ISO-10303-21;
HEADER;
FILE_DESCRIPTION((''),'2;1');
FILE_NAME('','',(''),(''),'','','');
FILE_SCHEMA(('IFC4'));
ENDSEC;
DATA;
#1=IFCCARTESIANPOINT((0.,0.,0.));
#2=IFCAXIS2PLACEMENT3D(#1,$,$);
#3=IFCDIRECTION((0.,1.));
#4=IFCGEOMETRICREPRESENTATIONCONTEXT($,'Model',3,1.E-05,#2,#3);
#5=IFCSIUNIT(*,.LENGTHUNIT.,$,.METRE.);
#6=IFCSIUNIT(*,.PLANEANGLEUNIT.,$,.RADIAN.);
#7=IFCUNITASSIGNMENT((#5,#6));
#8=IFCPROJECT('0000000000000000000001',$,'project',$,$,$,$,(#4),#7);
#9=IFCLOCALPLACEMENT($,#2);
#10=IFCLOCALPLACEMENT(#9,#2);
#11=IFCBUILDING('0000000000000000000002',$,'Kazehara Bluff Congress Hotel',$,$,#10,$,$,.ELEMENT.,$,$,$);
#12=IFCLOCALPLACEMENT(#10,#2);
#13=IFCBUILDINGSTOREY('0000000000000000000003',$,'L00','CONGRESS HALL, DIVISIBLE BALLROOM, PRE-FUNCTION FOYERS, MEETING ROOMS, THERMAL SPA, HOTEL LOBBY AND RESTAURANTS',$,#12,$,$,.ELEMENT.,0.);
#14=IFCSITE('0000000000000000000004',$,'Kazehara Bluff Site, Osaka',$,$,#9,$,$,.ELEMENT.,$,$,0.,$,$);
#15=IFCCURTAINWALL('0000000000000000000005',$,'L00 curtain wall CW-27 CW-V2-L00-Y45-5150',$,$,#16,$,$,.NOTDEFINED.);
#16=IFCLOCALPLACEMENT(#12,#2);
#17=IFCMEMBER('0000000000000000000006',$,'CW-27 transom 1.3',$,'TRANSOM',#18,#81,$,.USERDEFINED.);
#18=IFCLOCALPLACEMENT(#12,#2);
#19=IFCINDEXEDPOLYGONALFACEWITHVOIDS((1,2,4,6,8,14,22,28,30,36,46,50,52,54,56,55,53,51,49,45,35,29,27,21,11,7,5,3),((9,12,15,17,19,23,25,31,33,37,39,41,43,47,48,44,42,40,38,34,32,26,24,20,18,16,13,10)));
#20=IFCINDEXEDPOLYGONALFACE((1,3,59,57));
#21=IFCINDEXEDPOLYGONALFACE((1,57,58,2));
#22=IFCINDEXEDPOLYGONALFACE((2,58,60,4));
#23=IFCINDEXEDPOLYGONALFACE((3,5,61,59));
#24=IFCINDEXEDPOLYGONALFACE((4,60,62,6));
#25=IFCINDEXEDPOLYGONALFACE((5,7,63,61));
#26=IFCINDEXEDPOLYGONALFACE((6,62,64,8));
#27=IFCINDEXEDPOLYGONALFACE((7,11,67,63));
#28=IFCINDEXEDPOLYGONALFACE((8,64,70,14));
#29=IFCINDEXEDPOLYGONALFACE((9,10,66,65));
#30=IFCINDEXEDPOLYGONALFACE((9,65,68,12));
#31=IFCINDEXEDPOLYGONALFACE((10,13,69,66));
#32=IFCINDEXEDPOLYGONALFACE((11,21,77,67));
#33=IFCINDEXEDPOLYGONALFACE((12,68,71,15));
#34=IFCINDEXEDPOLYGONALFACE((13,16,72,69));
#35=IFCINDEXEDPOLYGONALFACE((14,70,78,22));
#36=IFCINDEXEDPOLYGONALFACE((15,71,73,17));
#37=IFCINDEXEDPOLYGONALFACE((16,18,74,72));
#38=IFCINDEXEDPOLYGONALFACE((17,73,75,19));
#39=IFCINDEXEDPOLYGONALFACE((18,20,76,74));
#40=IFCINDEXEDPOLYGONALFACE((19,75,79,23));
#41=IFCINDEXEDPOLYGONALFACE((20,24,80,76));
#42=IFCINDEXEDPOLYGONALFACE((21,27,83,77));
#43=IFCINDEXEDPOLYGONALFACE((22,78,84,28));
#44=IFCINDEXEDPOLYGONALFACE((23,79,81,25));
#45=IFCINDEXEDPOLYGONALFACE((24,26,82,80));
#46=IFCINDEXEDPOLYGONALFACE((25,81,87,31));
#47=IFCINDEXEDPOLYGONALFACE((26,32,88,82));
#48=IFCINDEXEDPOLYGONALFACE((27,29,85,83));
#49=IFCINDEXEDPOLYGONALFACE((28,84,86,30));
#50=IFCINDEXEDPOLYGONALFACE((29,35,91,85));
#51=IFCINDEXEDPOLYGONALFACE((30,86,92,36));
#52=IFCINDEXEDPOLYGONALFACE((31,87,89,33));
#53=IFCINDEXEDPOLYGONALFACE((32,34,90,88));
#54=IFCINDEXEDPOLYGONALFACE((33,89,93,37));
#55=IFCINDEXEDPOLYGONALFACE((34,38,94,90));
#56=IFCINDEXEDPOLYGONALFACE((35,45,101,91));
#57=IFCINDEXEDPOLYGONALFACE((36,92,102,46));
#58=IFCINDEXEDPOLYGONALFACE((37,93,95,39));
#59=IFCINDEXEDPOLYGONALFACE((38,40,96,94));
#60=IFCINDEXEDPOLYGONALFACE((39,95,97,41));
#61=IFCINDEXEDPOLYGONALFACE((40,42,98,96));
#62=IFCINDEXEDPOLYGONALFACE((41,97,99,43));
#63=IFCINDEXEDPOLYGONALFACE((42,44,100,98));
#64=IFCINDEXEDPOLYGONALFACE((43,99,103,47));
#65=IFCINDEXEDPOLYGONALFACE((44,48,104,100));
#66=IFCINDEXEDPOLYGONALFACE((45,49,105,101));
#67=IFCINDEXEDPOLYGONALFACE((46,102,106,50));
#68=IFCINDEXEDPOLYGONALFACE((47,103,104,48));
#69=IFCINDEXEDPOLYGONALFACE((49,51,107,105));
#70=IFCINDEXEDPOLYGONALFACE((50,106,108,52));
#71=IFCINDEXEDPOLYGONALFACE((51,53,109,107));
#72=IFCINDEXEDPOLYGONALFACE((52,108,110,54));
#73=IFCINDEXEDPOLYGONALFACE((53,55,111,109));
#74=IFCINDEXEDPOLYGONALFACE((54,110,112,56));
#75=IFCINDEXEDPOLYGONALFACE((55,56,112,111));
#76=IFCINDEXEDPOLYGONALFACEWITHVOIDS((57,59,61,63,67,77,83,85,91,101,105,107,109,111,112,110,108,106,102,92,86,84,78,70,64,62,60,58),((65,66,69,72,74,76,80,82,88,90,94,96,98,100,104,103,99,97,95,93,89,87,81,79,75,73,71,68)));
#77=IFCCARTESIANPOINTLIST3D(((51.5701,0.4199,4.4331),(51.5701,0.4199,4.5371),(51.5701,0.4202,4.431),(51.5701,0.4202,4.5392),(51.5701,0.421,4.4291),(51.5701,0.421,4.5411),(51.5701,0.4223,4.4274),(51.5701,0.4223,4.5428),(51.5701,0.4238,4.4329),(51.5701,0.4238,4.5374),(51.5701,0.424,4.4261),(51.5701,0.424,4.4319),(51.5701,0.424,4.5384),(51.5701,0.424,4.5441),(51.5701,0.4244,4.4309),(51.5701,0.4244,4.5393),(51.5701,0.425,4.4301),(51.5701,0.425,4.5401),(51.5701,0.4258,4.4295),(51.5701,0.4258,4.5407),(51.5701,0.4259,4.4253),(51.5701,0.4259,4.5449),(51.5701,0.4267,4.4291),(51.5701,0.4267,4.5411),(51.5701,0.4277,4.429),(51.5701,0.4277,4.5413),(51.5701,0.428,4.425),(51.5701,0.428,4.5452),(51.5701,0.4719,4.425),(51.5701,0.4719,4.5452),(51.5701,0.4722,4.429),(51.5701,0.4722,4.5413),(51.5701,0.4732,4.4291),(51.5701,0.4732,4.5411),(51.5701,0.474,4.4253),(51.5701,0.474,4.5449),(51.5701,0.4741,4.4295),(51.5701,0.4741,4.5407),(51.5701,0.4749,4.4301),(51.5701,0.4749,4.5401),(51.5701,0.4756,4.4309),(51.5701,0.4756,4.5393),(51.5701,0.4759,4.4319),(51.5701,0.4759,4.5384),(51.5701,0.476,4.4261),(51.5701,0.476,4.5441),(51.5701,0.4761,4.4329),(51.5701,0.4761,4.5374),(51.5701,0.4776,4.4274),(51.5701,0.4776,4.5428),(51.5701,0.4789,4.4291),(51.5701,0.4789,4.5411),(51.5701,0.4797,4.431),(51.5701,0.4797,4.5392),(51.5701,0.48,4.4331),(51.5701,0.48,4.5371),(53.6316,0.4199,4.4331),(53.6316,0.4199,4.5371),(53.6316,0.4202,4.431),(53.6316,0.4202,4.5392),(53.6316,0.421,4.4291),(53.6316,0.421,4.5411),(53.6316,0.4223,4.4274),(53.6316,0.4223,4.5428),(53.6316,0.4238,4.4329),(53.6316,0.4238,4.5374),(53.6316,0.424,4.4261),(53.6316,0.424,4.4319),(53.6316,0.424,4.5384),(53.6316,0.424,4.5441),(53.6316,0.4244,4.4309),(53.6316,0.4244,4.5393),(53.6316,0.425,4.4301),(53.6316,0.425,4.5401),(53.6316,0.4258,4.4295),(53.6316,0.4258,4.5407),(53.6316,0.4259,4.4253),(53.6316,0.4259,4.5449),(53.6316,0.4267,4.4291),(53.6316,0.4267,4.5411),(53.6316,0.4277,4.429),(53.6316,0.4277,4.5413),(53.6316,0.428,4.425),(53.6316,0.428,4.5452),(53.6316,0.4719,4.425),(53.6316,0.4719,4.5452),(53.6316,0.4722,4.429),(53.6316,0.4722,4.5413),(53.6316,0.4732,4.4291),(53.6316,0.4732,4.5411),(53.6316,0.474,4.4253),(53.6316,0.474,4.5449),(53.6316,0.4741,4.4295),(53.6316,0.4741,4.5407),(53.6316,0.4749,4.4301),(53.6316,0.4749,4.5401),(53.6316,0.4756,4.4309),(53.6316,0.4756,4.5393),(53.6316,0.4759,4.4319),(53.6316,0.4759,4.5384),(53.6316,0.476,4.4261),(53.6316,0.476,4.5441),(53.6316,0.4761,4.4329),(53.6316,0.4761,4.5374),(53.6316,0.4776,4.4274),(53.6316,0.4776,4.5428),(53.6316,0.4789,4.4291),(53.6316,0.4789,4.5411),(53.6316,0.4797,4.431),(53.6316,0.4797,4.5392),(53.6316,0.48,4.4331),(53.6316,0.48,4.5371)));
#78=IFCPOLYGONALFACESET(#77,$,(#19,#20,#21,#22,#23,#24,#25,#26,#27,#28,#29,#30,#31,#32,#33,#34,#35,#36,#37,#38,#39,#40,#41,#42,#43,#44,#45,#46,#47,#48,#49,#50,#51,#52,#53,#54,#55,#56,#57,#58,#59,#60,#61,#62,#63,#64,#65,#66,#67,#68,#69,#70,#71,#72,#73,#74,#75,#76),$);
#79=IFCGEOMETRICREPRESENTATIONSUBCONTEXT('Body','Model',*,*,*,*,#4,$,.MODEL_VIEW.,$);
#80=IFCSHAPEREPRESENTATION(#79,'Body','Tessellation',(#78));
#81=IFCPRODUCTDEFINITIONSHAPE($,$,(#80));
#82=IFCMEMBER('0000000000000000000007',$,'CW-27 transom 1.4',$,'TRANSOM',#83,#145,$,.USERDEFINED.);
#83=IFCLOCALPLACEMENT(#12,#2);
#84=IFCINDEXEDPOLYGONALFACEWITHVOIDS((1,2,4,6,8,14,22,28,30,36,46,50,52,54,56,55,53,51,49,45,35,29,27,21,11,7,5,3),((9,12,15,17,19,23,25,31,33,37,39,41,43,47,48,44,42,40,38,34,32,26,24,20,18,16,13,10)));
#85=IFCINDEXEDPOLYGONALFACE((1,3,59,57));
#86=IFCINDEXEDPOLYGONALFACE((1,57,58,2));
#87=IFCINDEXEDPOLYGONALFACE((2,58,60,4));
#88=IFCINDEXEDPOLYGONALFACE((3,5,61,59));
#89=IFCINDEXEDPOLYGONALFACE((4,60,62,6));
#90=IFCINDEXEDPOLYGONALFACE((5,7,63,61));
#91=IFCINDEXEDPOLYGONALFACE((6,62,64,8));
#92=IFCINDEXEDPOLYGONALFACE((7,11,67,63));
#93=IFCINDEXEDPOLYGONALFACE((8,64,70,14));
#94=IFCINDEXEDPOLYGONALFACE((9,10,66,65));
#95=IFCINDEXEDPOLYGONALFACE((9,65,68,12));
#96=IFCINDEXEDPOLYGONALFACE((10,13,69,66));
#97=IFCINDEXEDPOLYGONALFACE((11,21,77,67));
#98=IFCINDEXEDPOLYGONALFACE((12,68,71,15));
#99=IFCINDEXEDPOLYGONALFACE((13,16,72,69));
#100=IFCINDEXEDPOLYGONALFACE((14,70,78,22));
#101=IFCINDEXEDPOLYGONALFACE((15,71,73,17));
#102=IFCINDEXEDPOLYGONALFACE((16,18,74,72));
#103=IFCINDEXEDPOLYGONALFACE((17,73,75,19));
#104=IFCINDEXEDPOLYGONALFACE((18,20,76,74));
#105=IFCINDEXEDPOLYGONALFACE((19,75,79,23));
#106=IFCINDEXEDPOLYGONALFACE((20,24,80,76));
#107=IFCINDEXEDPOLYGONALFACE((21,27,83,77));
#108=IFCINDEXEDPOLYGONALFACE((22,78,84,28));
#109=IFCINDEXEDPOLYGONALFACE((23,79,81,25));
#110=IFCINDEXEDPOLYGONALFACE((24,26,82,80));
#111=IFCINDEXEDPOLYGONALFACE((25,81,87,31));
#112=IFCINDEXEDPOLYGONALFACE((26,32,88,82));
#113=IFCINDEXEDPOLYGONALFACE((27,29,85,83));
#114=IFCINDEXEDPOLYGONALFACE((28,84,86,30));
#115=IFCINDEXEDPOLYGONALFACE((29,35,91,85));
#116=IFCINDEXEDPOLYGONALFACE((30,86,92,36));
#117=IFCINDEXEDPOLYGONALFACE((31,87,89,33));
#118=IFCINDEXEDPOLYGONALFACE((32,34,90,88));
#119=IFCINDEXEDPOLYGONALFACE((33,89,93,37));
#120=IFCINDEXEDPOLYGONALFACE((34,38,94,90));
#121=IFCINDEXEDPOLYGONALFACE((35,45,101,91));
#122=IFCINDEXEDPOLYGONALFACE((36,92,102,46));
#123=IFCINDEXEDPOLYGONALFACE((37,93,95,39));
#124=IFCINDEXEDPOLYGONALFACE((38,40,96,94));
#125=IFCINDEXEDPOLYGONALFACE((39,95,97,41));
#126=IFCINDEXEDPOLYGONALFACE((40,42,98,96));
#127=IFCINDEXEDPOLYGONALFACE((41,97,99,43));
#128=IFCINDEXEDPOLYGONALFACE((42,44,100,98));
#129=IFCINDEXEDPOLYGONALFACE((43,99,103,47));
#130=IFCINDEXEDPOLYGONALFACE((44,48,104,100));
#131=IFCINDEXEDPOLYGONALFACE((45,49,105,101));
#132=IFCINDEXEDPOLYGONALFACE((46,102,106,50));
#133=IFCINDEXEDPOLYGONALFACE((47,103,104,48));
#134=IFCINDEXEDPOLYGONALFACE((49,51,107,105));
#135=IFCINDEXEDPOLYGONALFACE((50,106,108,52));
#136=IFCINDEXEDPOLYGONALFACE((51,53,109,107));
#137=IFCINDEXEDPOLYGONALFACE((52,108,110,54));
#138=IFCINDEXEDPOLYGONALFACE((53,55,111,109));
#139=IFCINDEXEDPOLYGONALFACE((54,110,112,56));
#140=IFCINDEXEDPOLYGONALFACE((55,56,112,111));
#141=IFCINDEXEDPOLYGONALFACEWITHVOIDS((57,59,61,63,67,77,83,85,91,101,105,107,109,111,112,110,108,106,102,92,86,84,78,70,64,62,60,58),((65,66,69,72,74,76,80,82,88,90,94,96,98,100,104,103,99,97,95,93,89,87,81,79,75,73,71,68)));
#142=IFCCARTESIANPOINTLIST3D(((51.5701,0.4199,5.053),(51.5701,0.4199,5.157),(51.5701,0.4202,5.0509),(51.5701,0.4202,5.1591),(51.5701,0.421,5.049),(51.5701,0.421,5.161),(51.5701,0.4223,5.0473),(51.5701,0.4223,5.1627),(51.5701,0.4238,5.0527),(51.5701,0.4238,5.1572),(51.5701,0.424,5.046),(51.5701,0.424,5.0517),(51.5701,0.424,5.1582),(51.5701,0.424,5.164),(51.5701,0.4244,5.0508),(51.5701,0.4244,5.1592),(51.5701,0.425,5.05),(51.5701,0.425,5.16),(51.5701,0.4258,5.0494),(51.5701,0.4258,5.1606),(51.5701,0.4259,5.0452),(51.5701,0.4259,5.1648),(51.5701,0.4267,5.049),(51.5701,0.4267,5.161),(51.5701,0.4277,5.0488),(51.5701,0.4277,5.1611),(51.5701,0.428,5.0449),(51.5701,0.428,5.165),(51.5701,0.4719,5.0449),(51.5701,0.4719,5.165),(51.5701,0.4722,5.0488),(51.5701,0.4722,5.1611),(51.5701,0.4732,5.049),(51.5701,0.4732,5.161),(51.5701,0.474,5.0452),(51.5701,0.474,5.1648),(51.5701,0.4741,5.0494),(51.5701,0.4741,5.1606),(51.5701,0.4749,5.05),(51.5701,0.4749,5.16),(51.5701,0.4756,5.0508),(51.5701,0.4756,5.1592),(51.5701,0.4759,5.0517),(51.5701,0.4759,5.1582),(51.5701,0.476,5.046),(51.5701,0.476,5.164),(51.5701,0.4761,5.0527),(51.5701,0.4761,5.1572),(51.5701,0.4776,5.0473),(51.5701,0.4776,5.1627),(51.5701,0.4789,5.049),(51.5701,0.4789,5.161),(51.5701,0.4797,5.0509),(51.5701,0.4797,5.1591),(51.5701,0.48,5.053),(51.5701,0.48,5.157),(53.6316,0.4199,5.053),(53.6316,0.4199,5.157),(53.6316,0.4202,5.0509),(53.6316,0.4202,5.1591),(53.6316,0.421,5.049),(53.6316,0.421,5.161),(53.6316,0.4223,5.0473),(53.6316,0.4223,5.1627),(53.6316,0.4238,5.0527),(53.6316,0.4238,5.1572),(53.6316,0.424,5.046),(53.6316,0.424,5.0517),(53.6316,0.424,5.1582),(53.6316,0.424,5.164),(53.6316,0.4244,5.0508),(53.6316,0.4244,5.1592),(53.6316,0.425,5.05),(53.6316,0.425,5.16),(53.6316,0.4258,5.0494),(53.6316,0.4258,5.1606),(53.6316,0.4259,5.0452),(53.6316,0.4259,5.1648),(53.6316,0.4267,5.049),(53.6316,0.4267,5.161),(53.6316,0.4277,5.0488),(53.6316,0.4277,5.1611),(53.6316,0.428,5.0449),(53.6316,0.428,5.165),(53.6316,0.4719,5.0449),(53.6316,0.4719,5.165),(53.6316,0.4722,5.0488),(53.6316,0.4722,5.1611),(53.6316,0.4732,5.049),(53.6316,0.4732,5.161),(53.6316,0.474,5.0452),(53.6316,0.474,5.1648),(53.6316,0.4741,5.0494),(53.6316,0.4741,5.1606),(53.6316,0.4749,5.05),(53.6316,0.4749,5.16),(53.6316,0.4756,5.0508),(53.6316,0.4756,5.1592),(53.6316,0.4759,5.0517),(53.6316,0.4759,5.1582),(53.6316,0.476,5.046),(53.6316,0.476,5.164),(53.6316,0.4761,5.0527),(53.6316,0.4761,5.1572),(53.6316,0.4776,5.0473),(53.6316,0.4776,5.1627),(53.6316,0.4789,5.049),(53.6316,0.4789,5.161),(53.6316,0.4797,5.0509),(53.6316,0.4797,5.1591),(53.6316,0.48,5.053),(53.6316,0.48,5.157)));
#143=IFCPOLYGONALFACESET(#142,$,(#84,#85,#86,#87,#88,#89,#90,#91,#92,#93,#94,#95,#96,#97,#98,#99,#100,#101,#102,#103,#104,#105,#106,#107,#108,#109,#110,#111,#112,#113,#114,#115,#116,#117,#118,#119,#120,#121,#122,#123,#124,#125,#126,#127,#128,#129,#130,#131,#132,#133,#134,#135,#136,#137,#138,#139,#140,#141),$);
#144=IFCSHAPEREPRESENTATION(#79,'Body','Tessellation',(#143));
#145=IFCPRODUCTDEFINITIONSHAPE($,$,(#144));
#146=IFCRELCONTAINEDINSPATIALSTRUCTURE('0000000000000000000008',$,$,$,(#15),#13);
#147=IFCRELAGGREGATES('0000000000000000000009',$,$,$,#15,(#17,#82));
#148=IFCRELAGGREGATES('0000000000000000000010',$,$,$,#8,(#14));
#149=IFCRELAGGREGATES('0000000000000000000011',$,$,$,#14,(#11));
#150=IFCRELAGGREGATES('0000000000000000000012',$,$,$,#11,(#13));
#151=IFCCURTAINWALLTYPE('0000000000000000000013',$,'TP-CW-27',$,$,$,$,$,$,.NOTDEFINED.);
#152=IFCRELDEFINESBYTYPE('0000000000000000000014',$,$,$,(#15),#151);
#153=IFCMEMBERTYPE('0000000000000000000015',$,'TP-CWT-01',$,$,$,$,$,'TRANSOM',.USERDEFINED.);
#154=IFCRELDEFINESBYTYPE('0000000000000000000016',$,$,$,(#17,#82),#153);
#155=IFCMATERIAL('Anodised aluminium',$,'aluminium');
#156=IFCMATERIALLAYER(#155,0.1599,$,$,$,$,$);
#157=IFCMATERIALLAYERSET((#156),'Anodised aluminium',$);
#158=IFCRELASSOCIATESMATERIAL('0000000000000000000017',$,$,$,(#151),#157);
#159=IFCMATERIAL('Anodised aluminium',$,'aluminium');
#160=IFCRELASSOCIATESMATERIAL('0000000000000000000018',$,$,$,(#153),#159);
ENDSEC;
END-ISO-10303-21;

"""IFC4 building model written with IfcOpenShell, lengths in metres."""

from ifc_helpers import new_model, si_unit, direction, frame, origin, origin_2d, place, context, subcontext, project, spatial, hollow_rectangle, extrude, material, layer, layer_set, material_profile, profile_set, type_object, element, aggregate, save


model = new_model("IFC4")

# Units and contexts
model_context = context("Model", 3, precision=1e-05, world=origin(), true_north=direction((0.0, 1.0)))
body_context = subcontext(model_context, "Body", "Model", "MODEL_VIEW")
ifc_project = project(units=[si_unit("LENGTHUNIT", "METRE"), si_unit("PLANEANGLEUNIT", "RADIAN")], contexts=[model_context])

# Site, building, storey
site_placement = place(None, origin())
site = spatial("IfcSite", under=ifc_project, at=site_placement, Name="Kazehara Bluff Site, Osaka", CompositionType="ELEMENT", RefElevation=0.0)
building_placement = place(site_placement, origin())
building = spatial("IfcBuilding", under=site, at=building_placement, Name="Kazehara Bluff Congress Hotel", CompositionType="ELEMENT")
storey_placement = place(building_placement, origin())
storey = spatial("IfcBuildingStorey", under=building, at=storey_placement, Name="L00", Description="CONGRESS HALL, DIVISIBLE BALLROOM, PRE-FUNCTION FOYERS, MEETING ROOMS, THERMAL SPA, HOTEL LOBBY AND RESTAURANTS", CompositionType="ELEMENT", Elevation=0.0)

# Curtain wall
ifc_material_1 = material(Name="Anodised aluminium", Category="aluminium")
ifc_layer_1 = layer(ifc_material_1, 0.1599)
ifc_layer_set_1 = layer_set([ifc_layer_1], Name="Anodised aluminium")
curtain_wall_type_1 = type_object("IfcCurtainWallType", Name="TP-CW-27", PredefinedType="NOTDEFINED", material=ifc_layer_set_1)
curtain_wall_1_placement = place(storey_placement, origin())
curtain_wall_1 = element("IfcCurtainWall", 1, at=curtain_wall_1_placement, inside=storey, type_object=curtain_wall_type_1, Name="L00 curtain wall CW-27 CW-V2-L00-Y45-5150", PredefinedType="NOTDEFINED")

# Members
ifc_material_2 = material(Name="Anodised aluminium", Category="aluminium")
ifc_material_profile_1 = material_profile(ifc_material_2, hollow_rectangle(XDim=0.0601, YDim=0.1201, WallThickness=0.0039, InnerFilletRadius=0.0039, OuterFilletRadius=0.0081, at=origin_2d()))
ifc_profile_set_1 = profile_set([ifc_material_profile_1], Name="Anodised aluminium")
member_type_1 = type_object("IfcMemberType", Name="TP-CWT-01", ElementType="TRANSOM", PredefinedType="USERDEFINED", material=ifc_profile_set_1)
member_1_placement = place(storey_placement, frame((51.5701, 0.45, 4.4851), z_axis=(1.0, 0.0, 0.0), x_axis=(0.0, 1.0, 0.0)))
member_1 = element("IfcMember", 2, at=member_1_placement, type_object=member_type_1, Name="CW-27 transom 1.3", ObjectType="TRANSOM", PredefinedType="USERDEFINED", context=body_context, shape_type="SweptSolid", body=[
    extrude(hollow_rectangle(XDim=0.0601, YDim=0.1201, WallThickness=0.0039, InnerFilletRadius=0.0039, OuterFilletRadius=0.0081, at=origin_2d()), origin(), (0.0, 0.0, 1.0), 2.0615),
])
member_2_placement = place(storey_placement, frame((51.5701, 0.45, 5.105), z_axis=(1.0, 0.0, 0.0), x_axis=(0.0, 1.0, 0.0)))
member_2 = element("IfcMember", 3, at=member_2_placement, type_object=member_type_1, Name="CW-27 transom 1.4", ObjectType="TRANSOM", PredefinedType="USERDEFINED", context=body_context, shape_type="SweptSolid", body=[
    extrude(hollow_rectangle(XDim=0.0601, YDim=0.1201, WallThickness=0.0039, InnerFilletRadius=0.0039, OuterFilletRadius=0.0081, at=origin_2d()), origin(), (0.0, 0.0, 1.0), 2.0615),
])

aggregate(curtain_wall_1, [member_1, member_2])

save(model, "model.ifc")
